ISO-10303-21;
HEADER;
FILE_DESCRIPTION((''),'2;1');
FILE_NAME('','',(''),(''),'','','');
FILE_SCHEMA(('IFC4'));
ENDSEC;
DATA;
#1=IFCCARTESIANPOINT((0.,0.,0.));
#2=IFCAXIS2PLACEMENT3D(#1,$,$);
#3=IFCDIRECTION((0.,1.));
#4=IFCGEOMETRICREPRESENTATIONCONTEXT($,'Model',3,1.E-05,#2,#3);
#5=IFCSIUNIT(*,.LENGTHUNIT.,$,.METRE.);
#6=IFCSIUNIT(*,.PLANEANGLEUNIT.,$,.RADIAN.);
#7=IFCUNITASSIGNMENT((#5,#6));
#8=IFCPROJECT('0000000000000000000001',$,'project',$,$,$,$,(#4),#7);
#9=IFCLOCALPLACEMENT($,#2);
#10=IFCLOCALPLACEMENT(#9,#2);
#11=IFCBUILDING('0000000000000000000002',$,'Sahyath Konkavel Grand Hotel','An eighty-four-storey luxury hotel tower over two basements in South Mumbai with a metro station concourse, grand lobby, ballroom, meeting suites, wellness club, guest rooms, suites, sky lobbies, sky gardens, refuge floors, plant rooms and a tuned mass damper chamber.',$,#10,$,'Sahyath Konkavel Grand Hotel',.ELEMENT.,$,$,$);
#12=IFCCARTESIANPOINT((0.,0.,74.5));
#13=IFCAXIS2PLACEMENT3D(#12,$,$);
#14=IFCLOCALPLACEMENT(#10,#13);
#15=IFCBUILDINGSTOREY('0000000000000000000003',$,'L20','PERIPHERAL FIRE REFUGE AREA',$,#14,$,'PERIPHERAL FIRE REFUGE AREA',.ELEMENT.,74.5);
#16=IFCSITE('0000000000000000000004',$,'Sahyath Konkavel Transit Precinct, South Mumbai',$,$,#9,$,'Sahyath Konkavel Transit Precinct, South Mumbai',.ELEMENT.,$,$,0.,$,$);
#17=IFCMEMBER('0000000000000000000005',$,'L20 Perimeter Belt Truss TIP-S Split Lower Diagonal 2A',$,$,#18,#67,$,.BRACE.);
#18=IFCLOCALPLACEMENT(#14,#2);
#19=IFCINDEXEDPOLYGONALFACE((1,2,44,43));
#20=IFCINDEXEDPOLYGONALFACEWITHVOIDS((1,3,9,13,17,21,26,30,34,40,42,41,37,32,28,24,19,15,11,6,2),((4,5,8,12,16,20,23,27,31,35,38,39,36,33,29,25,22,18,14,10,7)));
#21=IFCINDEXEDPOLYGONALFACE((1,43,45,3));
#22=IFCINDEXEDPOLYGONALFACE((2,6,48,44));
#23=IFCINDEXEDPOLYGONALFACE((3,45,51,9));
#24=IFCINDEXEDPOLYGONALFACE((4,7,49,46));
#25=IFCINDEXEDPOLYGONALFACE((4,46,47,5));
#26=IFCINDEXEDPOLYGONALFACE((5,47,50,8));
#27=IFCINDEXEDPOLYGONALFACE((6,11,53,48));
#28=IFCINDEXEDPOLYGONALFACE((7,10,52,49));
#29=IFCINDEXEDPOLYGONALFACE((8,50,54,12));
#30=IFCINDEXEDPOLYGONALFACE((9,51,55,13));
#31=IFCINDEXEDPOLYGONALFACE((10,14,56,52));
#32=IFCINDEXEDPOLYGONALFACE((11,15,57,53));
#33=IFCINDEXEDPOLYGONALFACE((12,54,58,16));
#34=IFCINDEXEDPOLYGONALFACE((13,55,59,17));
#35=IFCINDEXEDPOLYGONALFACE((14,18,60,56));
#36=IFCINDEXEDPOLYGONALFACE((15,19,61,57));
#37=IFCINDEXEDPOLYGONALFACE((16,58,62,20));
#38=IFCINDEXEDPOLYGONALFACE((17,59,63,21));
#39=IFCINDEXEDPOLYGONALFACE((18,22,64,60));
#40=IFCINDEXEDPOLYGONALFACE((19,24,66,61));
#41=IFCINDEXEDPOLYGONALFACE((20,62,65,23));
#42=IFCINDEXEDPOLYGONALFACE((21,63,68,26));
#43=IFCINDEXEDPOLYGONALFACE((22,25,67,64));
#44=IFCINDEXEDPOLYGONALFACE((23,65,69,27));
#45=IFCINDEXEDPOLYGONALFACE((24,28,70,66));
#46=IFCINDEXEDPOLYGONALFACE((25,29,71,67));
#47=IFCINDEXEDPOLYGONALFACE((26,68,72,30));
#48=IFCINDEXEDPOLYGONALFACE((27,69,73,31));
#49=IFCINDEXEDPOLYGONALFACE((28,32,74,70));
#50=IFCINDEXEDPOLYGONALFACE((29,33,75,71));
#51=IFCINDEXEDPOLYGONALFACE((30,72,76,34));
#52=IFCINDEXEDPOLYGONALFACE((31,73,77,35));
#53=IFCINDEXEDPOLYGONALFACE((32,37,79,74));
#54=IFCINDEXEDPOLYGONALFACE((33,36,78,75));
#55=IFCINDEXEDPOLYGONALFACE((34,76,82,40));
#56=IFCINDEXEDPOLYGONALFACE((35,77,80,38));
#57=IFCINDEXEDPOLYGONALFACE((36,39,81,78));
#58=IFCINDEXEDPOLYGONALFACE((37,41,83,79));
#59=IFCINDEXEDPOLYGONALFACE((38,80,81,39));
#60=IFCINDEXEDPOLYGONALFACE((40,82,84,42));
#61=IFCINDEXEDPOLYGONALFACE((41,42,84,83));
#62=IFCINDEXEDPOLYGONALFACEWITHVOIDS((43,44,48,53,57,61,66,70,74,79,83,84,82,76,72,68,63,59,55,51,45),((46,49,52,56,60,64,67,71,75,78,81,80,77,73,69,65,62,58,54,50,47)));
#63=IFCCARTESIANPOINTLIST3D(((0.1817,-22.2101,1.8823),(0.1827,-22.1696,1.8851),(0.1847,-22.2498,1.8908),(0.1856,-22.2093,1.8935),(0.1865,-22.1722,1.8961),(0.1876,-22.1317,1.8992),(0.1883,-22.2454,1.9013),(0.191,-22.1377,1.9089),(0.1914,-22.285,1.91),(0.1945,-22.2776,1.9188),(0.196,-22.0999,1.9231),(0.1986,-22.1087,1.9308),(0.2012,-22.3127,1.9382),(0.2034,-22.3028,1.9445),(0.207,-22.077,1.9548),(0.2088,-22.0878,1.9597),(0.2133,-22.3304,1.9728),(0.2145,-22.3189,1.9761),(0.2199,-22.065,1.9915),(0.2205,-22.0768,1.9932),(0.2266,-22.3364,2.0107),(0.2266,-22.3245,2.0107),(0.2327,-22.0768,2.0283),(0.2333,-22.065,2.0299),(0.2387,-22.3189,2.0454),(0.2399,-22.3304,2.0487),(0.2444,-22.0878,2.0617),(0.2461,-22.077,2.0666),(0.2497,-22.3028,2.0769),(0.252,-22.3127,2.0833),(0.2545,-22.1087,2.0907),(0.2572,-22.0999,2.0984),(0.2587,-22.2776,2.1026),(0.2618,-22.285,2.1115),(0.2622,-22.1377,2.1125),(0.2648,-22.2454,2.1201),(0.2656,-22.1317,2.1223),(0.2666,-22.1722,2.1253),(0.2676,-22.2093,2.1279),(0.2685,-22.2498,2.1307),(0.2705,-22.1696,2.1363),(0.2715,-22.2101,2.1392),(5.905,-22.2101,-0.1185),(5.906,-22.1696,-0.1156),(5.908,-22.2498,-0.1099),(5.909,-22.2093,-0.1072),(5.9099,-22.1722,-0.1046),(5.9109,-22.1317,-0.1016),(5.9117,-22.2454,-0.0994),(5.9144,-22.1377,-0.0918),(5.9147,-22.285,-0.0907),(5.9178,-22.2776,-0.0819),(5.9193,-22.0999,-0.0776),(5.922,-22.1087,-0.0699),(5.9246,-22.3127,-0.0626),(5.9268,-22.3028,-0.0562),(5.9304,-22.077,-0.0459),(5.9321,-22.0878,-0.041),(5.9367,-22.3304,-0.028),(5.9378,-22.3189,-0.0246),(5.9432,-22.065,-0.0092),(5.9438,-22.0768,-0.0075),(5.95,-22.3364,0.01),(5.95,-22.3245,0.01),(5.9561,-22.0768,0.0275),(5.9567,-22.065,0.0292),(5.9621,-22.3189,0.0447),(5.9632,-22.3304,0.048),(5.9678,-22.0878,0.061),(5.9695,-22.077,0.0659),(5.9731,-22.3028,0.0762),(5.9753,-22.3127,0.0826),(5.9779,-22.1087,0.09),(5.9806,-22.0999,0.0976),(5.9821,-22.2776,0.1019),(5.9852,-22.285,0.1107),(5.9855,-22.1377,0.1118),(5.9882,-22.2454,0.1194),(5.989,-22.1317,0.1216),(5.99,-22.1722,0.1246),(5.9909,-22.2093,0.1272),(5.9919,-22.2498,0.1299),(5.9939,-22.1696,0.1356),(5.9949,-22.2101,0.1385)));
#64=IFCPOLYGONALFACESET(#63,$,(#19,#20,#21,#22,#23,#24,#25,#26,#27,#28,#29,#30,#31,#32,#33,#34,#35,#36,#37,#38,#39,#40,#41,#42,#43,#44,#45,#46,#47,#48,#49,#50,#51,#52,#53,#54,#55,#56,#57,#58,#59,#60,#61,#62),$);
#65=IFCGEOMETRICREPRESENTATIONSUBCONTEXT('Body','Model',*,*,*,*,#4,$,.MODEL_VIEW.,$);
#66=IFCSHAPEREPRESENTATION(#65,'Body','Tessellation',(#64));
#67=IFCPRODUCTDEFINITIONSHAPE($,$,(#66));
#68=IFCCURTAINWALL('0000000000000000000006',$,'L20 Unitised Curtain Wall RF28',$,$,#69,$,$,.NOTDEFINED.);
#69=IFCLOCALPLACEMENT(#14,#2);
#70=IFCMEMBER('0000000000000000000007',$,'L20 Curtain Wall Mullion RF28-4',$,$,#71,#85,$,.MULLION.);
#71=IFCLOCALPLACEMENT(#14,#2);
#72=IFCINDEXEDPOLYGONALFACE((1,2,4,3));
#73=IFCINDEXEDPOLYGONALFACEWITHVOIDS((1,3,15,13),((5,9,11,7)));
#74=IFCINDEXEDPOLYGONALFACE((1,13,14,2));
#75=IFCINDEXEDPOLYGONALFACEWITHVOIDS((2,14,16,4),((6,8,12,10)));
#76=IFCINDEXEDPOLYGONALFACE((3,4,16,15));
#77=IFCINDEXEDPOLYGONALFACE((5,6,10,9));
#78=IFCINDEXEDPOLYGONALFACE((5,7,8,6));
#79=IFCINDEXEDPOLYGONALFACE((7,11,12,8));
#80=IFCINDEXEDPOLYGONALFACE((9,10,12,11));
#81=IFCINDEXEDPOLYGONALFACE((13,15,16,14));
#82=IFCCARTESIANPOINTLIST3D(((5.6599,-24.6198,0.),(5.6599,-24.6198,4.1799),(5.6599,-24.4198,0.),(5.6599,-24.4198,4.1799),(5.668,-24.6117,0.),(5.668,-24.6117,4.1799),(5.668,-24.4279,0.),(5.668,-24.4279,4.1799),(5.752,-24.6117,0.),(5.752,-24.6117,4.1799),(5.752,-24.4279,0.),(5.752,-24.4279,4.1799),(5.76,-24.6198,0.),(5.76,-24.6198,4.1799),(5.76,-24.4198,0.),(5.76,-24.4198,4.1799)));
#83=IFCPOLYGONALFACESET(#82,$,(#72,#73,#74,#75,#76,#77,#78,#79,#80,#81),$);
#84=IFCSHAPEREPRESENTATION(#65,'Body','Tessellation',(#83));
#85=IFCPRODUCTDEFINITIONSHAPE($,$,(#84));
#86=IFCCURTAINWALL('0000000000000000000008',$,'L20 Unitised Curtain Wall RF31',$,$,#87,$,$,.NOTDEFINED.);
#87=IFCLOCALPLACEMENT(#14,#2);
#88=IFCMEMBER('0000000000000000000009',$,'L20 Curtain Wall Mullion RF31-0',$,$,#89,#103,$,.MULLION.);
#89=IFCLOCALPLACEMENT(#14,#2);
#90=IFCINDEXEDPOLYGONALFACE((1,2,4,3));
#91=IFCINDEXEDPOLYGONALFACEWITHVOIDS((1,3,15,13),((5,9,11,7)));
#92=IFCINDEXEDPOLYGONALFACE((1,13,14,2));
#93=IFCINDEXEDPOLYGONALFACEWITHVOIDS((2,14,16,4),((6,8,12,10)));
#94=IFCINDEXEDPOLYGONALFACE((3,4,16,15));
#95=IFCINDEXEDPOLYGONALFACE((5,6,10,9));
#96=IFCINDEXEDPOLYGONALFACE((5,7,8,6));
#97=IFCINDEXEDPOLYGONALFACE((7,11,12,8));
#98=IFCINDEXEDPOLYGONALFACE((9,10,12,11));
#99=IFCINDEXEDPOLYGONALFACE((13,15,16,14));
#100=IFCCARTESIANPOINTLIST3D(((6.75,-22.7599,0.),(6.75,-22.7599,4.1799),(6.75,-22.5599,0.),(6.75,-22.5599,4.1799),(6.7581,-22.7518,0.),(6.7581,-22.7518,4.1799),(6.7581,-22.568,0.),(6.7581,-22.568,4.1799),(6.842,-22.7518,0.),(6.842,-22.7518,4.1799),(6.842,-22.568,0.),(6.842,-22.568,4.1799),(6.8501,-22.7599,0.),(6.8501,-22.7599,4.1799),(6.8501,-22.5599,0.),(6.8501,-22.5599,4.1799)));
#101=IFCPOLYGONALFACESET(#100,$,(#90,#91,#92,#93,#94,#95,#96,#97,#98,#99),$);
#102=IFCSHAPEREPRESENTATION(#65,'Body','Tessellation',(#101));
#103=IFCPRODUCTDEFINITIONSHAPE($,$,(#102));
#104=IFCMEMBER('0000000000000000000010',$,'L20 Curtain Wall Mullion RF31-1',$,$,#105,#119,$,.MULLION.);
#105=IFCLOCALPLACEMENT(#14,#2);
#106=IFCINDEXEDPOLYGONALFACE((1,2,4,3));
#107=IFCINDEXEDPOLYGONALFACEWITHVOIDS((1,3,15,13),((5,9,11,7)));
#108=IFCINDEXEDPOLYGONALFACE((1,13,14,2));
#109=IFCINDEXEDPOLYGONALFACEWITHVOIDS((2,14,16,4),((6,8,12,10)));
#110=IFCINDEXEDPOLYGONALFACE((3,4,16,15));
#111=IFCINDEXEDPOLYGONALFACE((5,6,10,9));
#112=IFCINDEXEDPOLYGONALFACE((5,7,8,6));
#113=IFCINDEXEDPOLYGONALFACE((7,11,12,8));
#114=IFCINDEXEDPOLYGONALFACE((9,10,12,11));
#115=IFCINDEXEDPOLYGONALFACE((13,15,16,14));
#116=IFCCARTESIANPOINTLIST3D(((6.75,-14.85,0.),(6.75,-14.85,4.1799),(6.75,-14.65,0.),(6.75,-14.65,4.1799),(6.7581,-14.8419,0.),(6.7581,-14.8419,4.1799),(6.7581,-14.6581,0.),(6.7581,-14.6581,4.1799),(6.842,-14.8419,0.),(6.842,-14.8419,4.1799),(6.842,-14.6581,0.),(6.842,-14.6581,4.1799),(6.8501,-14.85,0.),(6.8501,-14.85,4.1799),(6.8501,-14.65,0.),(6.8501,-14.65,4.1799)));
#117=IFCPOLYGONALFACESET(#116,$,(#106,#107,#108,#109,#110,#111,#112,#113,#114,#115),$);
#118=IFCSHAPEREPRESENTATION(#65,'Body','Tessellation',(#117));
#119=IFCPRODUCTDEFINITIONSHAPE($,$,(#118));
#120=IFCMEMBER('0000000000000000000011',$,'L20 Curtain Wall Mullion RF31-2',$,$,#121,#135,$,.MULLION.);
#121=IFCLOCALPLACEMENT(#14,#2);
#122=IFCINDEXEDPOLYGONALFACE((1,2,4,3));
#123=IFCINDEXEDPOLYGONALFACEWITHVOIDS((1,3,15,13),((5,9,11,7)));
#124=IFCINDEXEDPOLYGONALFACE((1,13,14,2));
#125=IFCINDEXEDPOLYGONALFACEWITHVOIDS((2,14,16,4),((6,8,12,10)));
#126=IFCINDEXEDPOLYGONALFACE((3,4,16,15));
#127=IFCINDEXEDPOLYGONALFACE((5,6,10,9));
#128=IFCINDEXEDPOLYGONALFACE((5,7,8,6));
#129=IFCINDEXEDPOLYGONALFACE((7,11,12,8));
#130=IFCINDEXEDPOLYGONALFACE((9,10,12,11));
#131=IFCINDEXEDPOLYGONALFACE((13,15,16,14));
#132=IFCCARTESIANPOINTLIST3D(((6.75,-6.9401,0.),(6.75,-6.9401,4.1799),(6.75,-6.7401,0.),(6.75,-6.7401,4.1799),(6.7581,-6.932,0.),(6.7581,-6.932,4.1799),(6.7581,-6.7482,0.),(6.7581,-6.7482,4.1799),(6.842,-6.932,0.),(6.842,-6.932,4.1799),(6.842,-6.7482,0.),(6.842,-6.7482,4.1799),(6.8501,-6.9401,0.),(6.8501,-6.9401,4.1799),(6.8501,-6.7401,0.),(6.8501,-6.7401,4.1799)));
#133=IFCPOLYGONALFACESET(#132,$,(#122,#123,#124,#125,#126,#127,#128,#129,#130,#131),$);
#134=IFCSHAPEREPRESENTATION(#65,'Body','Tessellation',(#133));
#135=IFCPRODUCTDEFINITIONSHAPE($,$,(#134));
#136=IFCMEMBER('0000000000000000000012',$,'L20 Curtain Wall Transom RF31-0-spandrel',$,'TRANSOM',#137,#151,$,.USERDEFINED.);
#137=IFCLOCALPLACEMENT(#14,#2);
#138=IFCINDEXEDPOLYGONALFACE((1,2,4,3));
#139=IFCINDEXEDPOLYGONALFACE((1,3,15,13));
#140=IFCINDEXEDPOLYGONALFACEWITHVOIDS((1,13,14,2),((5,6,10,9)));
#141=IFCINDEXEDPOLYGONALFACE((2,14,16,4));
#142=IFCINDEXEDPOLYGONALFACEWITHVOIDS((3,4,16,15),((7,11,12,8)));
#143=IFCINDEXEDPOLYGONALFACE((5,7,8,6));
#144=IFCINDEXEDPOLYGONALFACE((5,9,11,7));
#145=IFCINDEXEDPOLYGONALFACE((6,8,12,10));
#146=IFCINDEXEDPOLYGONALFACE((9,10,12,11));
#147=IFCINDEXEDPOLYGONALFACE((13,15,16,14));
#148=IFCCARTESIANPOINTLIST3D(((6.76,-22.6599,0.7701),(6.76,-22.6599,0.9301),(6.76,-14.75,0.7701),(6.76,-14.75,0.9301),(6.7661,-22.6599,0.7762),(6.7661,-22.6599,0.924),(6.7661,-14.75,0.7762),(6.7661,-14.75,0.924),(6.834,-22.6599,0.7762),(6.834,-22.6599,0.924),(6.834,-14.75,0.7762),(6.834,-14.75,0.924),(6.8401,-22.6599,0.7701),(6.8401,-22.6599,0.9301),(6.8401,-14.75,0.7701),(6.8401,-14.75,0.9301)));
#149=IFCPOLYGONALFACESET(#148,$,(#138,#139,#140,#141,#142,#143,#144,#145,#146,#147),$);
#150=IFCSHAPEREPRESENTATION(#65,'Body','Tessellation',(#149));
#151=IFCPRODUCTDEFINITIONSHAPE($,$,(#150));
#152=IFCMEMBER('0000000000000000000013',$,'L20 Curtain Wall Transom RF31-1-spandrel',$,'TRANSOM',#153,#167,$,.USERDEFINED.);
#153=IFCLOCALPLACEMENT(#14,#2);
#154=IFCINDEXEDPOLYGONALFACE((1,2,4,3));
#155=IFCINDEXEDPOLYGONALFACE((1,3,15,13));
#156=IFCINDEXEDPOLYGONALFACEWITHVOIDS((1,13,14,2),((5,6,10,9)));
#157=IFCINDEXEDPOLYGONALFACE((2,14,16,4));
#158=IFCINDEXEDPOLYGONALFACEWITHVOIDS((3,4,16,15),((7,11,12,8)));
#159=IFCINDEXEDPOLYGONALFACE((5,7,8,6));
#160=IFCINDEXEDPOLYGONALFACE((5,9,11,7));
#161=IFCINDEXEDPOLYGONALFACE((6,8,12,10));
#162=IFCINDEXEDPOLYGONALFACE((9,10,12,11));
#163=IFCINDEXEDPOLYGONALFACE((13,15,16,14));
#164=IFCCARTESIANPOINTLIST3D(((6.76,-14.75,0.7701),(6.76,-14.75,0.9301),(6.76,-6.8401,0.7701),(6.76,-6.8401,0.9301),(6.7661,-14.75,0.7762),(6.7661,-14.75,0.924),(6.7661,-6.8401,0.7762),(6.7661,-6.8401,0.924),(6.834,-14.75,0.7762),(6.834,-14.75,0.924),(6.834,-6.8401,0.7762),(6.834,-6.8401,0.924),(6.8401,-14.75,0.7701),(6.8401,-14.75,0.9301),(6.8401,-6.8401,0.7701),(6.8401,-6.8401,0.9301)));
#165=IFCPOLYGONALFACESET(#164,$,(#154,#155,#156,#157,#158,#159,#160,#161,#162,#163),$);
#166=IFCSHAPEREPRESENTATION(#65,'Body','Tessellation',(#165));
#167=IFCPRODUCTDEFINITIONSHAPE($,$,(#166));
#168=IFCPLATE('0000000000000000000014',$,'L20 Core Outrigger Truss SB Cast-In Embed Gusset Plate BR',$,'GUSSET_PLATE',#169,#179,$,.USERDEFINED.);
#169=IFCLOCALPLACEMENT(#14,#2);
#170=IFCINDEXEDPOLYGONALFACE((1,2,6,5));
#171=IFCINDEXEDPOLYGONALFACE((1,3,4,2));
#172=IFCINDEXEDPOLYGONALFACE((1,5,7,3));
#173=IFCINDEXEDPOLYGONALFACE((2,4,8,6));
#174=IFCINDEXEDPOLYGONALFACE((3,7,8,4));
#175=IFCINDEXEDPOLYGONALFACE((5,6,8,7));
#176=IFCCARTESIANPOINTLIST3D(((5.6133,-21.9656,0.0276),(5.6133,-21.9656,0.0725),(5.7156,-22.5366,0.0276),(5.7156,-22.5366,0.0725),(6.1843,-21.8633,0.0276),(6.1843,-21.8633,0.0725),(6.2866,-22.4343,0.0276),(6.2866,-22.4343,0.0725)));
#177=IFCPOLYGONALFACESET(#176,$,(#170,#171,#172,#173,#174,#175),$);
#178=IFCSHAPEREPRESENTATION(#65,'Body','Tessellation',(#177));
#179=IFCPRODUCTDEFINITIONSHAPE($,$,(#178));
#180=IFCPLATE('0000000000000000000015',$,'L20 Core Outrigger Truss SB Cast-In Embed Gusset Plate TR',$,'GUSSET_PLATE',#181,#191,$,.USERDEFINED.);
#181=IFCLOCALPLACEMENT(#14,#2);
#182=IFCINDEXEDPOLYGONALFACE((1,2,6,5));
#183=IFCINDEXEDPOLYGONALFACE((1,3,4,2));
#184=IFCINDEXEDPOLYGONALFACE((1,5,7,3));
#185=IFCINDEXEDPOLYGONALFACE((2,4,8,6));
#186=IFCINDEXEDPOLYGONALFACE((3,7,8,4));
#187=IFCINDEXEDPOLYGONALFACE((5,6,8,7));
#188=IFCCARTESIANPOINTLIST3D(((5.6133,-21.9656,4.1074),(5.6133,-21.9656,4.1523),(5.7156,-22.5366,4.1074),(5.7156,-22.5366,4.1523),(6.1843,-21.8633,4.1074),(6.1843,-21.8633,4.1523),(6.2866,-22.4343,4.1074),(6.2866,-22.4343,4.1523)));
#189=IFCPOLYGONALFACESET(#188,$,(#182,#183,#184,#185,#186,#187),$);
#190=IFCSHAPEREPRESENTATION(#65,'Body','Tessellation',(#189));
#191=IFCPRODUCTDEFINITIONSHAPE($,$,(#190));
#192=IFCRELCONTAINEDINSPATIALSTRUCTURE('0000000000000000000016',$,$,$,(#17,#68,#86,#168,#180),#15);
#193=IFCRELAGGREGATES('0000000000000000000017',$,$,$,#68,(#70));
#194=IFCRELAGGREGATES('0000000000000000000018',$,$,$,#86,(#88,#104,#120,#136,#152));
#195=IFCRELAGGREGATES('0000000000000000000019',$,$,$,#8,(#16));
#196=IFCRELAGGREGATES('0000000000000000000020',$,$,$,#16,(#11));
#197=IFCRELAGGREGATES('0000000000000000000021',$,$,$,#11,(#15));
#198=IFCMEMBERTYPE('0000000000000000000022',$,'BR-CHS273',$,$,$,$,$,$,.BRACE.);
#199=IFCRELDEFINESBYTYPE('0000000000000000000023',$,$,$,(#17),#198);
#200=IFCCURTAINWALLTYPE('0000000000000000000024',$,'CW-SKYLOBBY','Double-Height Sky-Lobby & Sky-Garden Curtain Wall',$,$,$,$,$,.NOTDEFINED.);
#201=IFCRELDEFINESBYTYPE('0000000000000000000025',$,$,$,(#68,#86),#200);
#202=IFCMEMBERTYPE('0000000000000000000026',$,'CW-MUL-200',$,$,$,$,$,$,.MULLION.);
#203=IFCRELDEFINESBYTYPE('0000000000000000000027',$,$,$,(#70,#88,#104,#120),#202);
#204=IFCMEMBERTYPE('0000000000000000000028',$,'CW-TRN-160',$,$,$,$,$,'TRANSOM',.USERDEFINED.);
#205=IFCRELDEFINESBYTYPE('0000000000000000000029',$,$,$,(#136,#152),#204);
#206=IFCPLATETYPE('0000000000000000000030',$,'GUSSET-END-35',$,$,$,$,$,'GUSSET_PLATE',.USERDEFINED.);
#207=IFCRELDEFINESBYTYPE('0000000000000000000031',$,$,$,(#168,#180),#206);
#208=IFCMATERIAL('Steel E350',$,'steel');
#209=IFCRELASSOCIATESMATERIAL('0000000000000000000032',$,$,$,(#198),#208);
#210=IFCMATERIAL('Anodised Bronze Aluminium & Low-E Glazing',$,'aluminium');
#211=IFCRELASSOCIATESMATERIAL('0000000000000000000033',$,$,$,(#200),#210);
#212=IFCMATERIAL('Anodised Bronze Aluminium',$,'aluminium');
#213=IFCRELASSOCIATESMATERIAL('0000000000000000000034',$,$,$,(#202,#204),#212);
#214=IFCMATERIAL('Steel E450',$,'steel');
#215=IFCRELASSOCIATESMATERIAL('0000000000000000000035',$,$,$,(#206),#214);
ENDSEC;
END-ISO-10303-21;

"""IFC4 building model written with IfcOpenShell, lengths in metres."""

from ifc_helpers import new_model, si_unit, direction, frame, origin, origin_2d, place, context, subcontext, project, spatial, rectangle, hollow_rectangle, hollow_circle, extrude, source, transform, mapped, material, material_profile, profile_set, type_object, element, aggregate, save


model = new_model("IFC4")

# Units and contexts
model_context = context("Model", 3, precision=1e-05, world=origin(), true_north=direction((0.0, 1.0)))
body_context = subcontext(model_context, "Body", "Model", "MODEL_VIEW")
ifc_project = project(units=[si_unit("LENGTHUNIT", "METRE"), si_unit("PLANEANGLEUNIT", "RADIAN")], contexts=[model_context])

# Site, building, storey
site_placement = place(None, origin())
site = spatial("IfcSite", under=ifc_project, at=site_placement, Name="Sahyath Konkavel Transit Precinct, South Mumbai", LongName="Sahyath Konkavel Transit Precinct, South Mumbai", CompositionType="ELEMENT", RefElevation=0.0)
building_placement = place(site_placement, origin())
building = spatial("IfcBuilding", under=site, at=building_placement, Name="Sahyath Konkavel Grand Hotel", Description="An eighty-four-storey luxury hotel tower over two basements in South Mumbai with a metro station concourse, grand lobby, ballroom, meeting suites, wellness club, guest rooms, suites, sky lobbies, sky gardens, refuge floors, plant rooms and a tuned mass damper chamber.", LongName="Sahyath Konkavel Grand Hotel", CompositionType="ELEMENT")
storey_placement = place(building_placement, frame((0.0, 0.0, 74.5)))
storey = spatial("IfcBuildingStorey", under=building, at=storey_placement, Name="L20", Description="PERIPHERAL FIRE REFUGE AREA", LongName="PERIPHERAL FIRE REFUGE AREA", CompositionType="ELEMENT", Elevation=74.5)

# Shared definitions
ifc_material_1 = material(Name="Steel E450", Category="steel")

# Member
ifc_material_2 = material(Name="Steel E350", Category="steel")
ifc_material_profile_1 = material_profile(ifc_material_2, hollow_circle(Radius=0.1365, WallThickness=0.012, at=origin_2d()), Name="CHS 273.0x12")
ifc_profile_set_1 = profile_set([ifc_material_profile_1], Name="Steel E350")
member_type_1 = type_object("IfcMemberType", Name="BR-CHS273", PredefinedType="BRACE", material=ifc_profile_set_1)
shared_shape_1 = source(origin(), body_context, "Body", "SweptSolid", [
    extrude(hollow_circle(Radius=0.1365, WallThickness=0.012, at=origin_2d()), origin(), (0.0, 0.0, 1.0), 6.063),
])
member_1_placement = place(storey_placement, frame((5.95, -22.2, 0.01), z_axis=(-0.943984, 0.0, 0.32999), x_axis=(0.0, -1.0, 0.0)))
element("IfcMember", 1, at=member_1_placement, inside=storey, type_object=member_type_1, Name="L20 Perimeter Belt Truss TIP-S Split Lower Diagonal 2A", PredefinedType="BRACE", context=body_context, shape_type="MappedRepresentation", body=[
    mapped(shared_shape_1, transform((0.0, 0.0, 0.0), scale=1.0)),
])

# Curtain wall, member
ifc_material_3 = material(Name="Anodised Bronze Aluminium & Low-E Glazing", Category="aluminium")
curtain_wall_type = type_object("IfcCurtainWallType", Name="CW-SKYLOBBY", Description="Double-Height Sky-Lobby & Sky-Garden Curtain Wall", PredefinedType="NOTDEFINED", material=ifc_material_3)
curtain_wall_1_placement = place(storey_placement, origin())
curtain_wall_1 = element("IfcCurtainWall", 2, at=curtain_wall_1_placement, inside=storey, type_object=curtain_wall_type, Name="L20 Unitised Curtain Wall RF28", PredefinedType="NOTDEFINED")
ifc_material_4 = material(Name="Anodised Bronze Aluminium", Category="aluminium")
ifc_material_profile_2 = material_profile(ifc_material_4, hollow_rectangle(XDim=0.1001, YDim=0.2, WallThickness=0.0081, at=origin_2d()), Name="RHS 200x100x8")
ifc_profile_set_2 = profile_set([ifc_material_profile_2], Name="Anodised Bronze Aluminium")
member_type_2 = type_object("IfcMemberType", Name="CW-MUL-200", PredefinedType="MULLION", material=ifc_profile_set_2)
shared_shape_2 = source(origin(), body_context, "Body", "SweptSolid", [
    extrude(hollow_rectangle(XDim=0.1001, YDim=0.2, WallThickness=0.0081, at=origin_2d()), origin(), (0.0, 0.0, 1.0), 4.1799),
])
member_2_placement = place(storey_placement, frame((5.71, -24.5198, 0.0), z_axis=(0.0, 0.0, 1.0), x_axis=(1.0, 0.0, 0.0)))
member_2 = element("IfcMember", 3, at=member_2_placement, type_object=member_type_2, Name="L20 Curtain Wall Mullion RF28-4", PredefinedType="MULLION", context=body_context, shape_type="MappedRepresentation", body=[
    mapped(shared_shape_2, transform((0.0, 0.0, 0.0), scale=1.0)),
])
aggregate(curtain_wall_1, [member_2])

# Curtain wall, members
curtain_wall_2_placement = place(storey_placement, origin())
curtain_wall_2 = element("IfcCurtainWall", 4, at=curtain_wall_2_placement, inside=storey, type_object=curtain_wall_type, Name="L20 Unitised Curtain Wall RF31", PredefinedType="NOTDEFINED")
member_3_placement = place(storey_placement, frame((6.8, -22.6599, 0.0), z_axis=(0.0, 0.0, 1.0), x_axis=(1.0, 0.0, 0.0)))
member_3 = element("IfcMember", 5, at=member_3_placement, type_object=member_type_2, Name="L20 Curtain Wall Mullion RF31-0", PredefinedType="MULLION", context=body_context, shape_type="MappedRepresentation", body=[
    mapped(shared_shape_2, transform((0.0, 0.0, 0.0), scale=1.0)),
])
member_4_placement = place(storey_placement, frame((6.8, -14.75, 0.0), z_axis=(0.0, 0.0, 1.0), x_axis=(1.0, 0.0, 0.0)))
member_4 = element("IfcMember", 6, at=member_4_placement, type_object=member_type_2, Name="L20 Curtain Wall Mullion RF31-1", PredefinedType="MULLION", context=body_context, shape_type="MappedRepresentation", body=[
    mapped(shared_shape_2, transform((0.0, 0.0, 0.0), scale=1.0)),
])
member_5_placement = place(storey_placement, frame((6.8, -6.8401, 0.0), z_axis=(0.0, 0.0, 1.0), x_axis=(1.0, 0.0, 0.0)))
member_5 = element("IfcMember", 7, at=member_5_placement, type_object=member_type_2, Name="L20 Curtain Wall Mullion RF31-2", PredefinedType="MULLION", context=body_context, shape_type="MappedRepresentation", body=[
    mapped(shared_shape_2, transform((0.0, 0.0, 0.0), scale=1.0)),
])
ifc_material_profile_3 = material_profile(ifc_material_4, hollow_rectangle(XDim=0.0801, YDim=0.1599, WallThickness=0.0061, at=origin_2d()), Name="RHS 160x80x6")
ifc_profile_set_3 = profile_set([ifc_material_profile_3], Name="Anodised Bronze Aluminium")
member_type_3 = type_object("IfcMemberType", Name="CW-TRN-160", ElementType="TRANSOM", PredefinedType="USERDEFINED", material=ifc_profile_set_3)
shared_shape_3 = source(origin(), body_context, "Body", "SweptSolid", [
    extrude(hollow_rectangle(XDim=0.0801, YDim=0.1599, WallThickness=0.0061, at=origin_2d()), origin(), (0.0, 0.0, 1.0), 7.9099),
])
member_6_placement = place(storey_placement, frame((6.8, -22.6599, 0.8501), z_axis=(0.0, 1.0, 0.0), x_axis=(-1.0, 0.0, 0.0)))
member_6 = element("IfcMember", 8, at=member_6_placement, type_object=member_type_3, Name="L20 Curtain Wall Transom RF31-0-spandrel", ObjectType="TRANSOM", PredefinedType="USERDEFINED", context=body_context, shape_type="MappedRepresentation", body=[
    mapped(shared_shape_3, transform((0.0, 0.0, 0.0), scale=1.0)),
])
member_7_placement = place(storey_placement, frame((6.8, -14.75, 0.8501), z_axis=(0.0, 1.0, 0.0), x_axis=(-1.0, 0.0, 0.0)))
member_7 = element("IfcMember", 9, at=member_7_placement, type_object=member_type_3, Name="L20 Curtain Wall Transom RF31-1-spandrel", ObjectType="TRANSOM", PredefinedType="USERDEFINED", context=body_context, shape_type="MappedRepresentation", body=[
    mapped(shared_shape_3, transform((0.0, 0.0, 0.0), scale=1.0)),
])

# Plates
plate_type_1 = type_object("IfcPlateType", Name="GUSSET-END-35", ElementType="GUSSET_PLATE", PredefinedType="USERDEFINED", material=ifc_material_1)
shared_shape_4 = source(origin(), body_context, "Body", "SweptSolid", [
    extrude(rectangle(XDim=0.5801, YDim=0.5801, at=origin_2d()), origin(), (0.0, 0.0, 1.0), 0.0449),
])
for number, where, z_axis, x_axis, name in (
    (10, (5.95, -22.2, 0.0276), (0.0, 0.0, 1.0), (0.176363, -0.984325, 0.0), "L20 Core Outrigger Truss SB Cast-In Embed Gusset Plate BR"),
    (11, (5.95, -22.2, 4.1074), (0.0, 0.0, 1.0), (0.176363, -0.984325, 0.0), "L20 Core Outrigger Truss SB Cast-In Embed Gusset Plate TR"),
):
    element("IfcPlate", number, at=place(storey_placement, frame(where, z_axis=z_axis, x_axis=x_axis)), inside=storey, type_object=plate_type_1, Name=name, ObjectType="GUSSET_PLATE", PredefinedType="USERDEFINED", context=body_context, shape_type="MappedRepresentation", body=[
        mapped(shared_shape_4, transform((0.0, 0.0, 0.0), scale=1.0)),
    ])

aggregate(curtain_wall_2, [member_3, member_4, member_5, member_6, member_7])

save(model, "model.ifc")
